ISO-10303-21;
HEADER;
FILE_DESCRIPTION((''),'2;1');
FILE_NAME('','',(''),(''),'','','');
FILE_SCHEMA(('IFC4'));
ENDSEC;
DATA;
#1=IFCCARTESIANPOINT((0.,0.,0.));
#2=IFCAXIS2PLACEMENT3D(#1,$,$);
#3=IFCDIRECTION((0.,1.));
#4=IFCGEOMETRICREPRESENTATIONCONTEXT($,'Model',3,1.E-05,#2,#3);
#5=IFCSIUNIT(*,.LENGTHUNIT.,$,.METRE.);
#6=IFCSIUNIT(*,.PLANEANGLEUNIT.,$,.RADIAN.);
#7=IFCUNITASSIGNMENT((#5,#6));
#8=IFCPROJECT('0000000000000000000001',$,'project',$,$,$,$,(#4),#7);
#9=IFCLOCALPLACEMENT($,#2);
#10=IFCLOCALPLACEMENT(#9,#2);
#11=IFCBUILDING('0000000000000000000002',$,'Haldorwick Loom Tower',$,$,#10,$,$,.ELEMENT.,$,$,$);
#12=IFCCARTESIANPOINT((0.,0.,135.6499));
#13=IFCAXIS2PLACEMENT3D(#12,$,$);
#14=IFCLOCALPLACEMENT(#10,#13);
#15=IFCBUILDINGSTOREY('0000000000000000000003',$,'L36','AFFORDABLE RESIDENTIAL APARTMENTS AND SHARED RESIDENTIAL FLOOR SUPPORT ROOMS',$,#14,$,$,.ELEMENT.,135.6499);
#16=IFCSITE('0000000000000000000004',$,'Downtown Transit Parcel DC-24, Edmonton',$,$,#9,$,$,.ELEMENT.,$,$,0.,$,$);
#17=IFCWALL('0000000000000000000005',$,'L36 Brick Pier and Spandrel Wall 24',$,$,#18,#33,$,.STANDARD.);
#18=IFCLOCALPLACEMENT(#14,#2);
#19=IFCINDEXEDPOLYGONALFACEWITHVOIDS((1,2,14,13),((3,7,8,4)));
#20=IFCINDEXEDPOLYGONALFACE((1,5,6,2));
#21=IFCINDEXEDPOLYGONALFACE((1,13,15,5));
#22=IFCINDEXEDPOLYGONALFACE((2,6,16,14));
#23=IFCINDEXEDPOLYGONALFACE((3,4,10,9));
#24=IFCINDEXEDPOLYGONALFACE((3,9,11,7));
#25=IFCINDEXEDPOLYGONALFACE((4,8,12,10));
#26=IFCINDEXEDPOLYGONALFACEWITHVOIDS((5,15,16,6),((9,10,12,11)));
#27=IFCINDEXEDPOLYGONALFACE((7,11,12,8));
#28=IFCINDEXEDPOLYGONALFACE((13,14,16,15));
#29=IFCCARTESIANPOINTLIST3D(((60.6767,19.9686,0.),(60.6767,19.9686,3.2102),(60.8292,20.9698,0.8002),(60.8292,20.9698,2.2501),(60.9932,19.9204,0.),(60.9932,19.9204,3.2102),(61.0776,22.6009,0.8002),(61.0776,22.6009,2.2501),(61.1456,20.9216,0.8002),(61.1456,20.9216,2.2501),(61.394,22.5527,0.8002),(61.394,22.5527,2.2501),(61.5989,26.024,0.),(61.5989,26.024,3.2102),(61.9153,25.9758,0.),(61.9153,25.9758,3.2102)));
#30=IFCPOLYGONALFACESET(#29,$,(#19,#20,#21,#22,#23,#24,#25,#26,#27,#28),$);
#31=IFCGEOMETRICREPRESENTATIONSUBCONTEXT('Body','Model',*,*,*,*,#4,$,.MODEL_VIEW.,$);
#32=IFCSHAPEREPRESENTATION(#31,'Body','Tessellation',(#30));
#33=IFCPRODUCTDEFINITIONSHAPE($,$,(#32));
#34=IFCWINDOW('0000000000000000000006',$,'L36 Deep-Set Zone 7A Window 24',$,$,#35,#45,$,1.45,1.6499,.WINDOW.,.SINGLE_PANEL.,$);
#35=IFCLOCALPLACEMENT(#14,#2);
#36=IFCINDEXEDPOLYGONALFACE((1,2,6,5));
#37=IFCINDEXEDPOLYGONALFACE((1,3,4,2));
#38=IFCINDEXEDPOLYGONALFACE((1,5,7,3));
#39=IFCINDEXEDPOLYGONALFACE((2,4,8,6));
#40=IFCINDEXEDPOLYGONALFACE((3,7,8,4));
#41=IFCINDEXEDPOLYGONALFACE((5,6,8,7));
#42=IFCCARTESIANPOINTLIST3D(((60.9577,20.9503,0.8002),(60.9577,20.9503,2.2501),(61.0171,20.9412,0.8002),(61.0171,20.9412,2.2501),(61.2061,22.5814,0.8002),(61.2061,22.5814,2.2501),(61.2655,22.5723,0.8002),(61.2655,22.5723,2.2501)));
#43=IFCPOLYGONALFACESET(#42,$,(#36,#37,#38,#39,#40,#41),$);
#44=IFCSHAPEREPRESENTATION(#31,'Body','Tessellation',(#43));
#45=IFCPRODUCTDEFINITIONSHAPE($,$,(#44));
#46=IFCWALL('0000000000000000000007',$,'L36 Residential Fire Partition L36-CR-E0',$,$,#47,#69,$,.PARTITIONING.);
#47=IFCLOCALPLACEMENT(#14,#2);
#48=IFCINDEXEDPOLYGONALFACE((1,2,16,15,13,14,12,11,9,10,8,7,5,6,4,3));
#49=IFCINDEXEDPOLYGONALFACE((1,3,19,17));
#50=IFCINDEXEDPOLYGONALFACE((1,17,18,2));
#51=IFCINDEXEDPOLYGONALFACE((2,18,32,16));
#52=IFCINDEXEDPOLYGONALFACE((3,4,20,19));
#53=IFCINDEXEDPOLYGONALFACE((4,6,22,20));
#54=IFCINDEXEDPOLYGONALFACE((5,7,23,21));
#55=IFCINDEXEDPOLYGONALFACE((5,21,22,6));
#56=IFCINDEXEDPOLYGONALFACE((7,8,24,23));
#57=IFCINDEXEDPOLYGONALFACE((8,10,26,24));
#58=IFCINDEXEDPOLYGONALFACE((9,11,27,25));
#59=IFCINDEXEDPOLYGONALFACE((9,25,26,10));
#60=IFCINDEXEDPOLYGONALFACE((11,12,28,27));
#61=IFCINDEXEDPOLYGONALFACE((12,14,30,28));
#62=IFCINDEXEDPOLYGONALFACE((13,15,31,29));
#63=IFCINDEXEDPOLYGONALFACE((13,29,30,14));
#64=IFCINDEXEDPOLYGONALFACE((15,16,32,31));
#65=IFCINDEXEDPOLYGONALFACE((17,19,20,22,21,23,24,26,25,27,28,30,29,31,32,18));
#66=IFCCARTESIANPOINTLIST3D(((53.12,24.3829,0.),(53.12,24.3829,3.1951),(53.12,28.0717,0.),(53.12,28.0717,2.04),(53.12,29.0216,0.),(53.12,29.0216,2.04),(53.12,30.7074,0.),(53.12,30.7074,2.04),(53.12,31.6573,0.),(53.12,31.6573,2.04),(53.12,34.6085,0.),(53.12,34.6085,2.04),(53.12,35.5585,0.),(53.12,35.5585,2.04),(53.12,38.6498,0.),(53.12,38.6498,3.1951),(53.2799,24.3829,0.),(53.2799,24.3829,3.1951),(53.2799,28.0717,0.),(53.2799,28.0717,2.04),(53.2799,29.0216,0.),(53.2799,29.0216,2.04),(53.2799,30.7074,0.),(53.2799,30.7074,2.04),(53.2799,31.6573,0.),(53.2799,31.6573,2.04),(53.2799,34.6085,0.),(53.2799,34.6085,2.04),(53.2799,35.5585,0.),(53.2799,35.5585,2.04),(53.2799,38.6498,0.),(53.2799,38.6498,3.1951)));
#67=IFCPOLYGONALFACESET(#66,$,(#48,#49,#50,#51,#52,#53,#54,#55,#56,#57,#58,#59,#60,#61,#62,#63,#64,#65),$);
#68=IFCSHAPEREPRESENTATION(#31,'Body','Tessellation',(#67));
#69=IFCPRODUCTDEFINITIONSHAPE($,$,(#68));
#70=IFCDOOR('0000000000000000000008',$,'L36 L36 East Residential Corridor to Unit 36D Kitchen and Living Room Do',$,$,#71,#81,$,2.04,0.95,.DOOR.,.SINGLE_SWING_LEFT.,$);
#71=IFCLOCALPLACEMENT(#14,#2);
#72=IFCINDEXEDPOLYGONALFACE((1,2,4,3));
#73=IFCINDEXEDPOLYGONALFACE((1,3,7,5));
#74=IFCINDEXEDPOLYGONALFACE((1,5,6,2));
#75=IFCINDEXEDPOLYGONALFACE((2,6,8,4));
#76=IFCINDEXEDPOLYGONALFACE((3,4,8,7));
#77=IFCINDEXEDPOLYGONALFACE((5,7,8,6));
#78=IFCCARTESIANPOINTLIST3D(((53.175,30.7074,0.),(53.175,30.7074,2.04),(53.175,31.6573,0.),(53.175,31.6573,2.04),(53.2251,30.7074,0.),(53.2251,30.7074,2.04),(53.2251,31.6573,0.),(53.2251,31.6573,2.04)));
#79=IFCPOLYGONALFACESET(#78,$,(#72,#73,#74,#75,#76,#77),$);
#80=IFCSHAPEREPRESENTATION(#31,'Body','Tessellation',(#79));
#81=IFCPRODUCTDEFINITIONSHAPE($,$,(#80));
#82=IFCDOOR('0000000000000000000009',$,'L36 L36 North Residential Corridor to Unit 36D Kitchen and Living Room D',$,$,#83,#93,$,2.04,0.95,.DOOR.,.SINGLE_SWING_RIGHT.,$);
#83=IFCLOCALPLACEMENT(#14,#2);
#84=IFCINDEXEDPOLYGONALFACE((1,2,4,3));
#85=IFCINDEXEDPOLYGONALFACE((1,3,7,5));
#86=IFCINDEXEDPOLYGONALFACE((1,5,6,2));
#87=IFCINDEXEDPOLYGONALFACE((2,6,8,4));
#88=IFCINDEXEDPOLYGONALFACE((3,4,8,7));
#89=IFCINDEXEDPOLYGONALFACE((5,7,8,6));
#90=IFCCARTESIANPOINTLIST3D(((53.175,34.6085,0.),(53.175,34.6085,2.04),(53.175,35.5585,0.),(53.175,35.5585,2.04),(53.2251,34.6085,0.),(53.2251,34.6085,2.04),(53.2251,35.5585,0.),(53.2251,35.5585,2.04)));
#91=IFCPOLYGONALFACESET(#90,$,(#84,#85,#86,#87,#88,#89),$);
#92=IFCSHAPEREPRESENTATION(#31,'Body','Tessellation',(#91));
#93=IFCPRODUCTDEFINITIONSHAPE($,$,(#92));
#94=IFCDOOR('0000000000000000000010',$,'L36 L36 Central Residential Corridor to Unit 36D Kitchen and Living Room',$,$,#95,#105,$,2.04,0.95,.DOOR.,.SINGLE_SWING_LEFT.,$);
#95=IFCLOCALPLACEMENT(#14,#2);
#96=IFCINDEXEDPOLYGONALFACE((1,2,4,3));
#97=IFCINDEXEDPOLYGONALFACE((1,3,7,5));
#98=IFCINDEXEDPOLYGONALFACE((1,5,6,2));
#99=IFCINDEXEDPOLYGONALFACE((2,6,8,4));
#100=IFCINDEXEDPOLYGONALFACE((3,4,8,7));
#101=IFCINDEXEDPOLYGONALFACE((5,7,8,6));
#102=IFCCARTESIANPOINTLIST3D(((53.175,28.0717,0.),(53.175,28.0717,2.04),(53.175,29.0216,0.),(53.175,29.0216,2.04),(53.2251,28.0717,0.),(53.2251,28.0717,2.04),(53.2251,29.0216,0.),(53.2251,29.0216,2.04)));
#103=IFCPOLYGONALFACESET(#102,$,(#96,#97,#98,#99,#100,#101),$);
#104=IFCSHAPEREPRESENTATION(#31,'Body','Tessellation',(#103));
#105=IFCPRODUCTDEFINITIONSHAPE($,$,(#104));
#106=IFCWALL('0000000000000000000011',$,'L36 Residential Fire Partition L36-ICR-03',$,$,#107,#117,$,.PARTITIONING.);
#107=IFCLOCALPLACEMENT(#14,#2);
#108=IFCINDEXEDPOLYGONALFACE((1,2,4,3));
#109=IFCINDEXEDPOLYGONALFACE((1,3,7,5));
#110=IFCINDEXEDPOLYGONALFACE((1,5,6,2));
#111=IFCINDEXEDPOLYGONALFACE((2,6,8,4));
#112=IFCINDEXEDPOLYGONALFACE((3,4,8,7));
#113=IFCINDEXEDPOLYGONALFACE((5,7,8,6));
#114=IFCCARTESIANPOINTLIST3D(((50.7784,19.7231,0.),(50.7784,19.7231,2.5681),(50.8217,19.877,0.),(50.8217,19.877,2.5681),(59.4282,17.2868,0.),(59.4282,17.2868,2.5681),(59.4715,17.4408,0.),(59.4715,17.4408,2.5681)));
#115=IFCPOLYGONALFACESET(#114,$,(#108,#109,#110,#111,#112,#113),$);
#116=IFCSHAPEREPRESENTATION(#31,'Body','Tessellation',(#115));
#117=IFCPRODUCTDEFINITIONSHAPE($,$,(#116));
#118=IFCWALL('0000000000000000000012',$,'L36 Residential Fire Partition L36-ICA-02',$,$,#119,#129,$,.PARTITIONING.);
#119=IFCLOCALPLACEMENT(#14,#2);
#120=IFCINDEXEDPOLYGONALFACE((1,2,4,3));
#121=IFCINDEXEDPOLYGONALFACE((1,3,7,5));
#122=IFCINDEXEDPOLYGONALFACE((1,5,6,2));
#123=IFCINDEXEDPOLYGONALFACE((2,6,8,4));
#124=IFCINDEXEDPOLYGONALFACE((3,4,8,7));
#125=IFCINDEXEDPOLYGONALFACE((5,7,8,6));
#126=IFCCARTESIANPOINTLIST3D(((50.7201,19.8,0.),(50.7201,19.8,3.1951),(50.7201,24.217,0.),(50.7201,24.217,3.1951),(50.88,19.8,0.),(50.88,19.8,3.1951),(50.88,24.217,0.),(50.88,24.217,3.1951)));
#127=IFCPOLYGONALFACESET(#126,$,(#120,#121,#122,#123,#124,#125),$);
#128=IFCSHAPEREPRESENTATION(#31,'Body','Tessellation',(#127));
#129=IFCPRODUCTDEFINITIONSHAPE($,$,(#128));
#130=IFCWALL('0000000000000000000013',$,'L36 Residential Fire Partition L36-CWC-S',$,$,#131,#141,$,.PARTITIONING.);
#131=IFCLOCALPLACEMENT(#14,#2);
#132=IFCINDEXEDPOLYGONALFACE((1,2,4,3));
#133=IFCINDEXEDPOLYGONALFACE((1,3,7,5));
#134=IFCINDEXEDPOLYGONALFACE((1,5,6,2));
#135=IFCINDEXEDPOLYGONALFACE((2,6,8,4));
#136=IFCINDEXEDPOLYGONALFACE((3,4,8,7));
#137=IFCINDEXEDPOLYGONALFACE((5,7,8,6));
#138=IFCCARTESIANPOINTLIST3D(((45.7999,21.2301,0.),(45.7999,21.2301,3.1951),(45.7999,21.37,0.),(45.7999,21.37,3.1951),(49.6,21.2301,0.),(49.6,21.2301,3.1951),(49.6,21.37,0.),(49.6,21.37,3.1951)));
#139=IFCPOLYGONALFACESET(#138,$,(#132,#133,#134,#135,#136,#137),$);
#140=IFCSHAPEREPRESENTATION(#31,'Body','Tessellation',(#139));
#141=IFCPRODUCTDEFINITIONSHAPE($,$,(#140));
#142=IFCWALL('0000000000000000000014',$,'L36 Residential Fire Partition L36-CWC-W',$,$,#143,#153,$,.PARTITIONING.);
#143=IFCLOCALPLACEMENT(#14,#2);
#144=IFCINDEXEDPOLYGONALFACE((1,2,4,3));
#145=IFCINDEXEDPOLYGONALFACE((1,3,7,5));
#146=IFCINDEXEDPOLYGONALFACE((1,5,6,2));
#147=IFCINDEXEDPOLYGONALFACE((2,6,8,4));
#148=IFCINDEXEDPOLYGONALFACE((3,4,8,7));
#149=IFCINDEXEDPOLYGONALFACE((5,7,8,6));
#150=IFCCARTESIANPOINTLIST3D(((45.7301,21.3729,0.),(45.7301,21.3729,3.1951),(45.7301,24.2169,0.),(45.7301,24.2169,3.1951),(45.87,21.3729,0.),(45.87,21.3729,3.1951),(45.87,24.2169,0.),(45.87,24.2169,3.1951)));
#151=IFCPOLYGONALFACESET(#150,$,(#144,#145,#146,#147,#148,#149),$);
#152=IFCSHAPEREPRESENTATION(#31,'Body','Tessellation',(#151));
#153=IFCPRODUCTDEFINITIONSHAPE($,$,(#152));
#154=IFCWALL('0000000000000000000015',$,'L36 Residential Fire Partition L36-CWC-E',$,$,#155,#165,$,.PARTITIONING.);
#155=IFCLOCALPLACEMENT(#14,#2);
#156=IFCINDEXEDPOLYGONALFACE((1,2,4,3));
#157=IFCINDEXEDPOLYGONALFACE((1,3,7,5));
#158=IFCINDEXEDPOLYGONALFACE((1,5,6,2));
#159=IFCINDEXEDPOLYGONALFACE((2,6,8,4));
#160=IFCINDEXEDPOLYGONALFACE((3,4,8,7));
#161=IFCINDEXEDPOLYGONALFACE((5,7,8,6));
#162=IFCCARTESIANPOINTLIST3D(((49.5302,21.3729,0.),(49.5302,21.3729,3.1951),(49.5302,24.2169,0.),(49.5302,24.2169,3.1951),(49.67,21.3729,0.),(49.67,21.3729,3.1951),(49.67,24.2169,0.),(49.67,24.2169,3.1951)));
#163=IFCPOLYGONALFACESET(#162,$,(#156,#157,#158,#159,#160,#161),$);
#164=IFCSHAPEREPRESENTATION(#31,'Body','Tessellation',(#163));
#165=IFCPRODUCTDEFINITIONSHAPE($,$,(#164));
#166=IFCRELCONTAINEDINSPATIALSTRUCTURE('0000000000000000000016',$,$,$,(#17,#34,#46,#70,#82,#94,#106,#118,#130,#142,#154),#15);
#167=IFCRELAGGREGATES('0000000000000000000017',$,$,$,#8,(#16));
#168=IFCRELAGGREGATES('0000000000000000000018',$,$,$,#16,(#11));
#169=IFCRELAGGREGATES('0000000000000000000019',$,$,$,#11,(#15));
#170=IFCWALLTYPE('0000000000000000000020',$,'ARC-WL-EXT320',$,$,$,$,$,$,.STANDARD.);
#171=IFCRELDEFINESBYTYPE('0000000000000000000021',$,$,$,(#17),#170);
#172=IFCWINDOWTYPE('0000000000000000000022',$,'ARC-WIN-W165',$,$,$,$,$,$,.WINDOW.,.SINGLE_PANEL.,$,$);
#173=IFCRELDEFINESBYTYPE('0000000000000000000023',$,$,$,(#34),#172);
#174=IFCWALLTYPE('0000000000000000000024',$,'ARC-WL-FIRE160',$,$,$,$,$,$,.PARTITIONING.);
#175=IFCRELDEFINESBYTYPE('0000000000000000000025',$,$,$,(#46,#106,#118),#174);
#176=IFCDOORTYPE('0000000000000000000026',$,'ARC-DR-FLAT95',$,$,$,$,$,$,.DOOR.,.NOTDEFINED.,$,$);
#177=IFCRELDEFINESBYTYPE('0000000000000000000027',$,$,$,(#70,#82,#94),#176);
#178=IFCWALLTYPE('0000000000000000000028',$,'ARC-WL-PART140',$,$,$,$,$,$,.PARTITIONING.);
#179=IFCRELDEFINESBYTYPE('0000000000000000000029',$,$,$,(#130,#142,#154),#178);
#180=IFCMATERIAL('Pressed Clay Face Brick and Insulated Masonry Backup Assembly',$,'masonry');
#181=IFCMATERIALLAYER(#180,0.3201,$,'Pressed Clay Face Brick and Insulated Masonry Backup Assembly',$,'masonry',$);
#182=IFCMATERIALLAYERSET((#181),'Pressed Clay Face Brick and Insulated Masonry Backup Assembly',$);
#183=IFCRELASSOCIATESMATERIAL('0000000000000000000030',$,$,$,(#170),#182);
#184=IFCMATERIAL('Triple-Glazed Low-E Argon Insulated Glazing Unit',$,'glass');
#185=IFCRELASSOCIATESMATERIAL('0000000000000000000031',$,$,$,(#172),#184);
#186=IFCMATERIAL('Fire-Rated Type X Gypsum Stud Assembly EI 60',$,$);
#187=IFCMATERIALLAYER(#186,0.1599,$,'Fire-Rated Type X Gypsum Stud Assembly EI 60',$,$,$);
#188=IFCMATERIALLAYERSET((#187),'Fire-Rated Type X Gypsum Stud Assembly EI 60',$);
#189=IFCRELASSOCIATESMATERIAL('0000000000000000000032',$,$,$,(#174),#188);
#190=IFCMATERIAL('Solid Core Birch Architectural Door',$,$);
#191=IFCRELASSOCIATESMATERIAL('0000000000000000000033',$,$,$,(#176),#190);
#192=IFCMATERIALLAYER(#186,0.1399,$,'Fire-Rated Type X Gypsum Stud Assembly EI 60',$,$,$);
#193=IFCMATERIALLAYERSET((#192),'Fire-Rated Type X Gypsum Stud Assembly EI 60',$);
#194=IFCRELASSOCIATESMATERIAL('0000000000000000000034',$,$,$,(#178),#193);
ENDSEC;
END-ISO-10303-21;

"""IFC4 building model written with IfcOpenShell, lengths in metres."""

from ifc_helpers import new_model, si_unit, direction, frame, frame_2d, origin, place, context, subcontext, project, spatial, rectangle, extrude, material, layer, layer_set, type_object, element, fill, save


model = new_model("IFC4")

# Units and contexts
model_context = context("Model", 3, precision=1e-05, world=origin(), true_north=direction((0.0, 1.0)))
body_context = subcontext(model_context, "Body", "Model", "MODEL_VIEW")
ifc_project = project(units=[si_unit("LENGTHUNIT", "METRE"), si_unit("PLANEANGLEUNIT", "RADIAN")], contexts=[model_context])

# Site, building, storey
site_placement = place(None, origin())
site = spatial("IfcSite", under=ifc_project, at=site_placement, Name="Downtown Transit Parcel DC-24, Edmonton", CompositionType="ELEMENT", RefElevation=0.0)
building_placement = place(site_placement, origin())
building = spatial("IfcBuilding", under=site, at=building_placement, Name="Haldorwick Loom Tower", CompositionType="ELEMENT")
storey_placement = place(building_placement, frame((0.0, 0.0, 135.6499)))
storey = spatial("IfcBuildingStorey", under=building, at=storey_placement, Name="L36", Description="AFFORDABLE RESIDENTIAL APARTMENTS AND SHARED RESIDENTIAL FLOOR SUPPORT ROOMS", CompositionType="ELEMENT", Elevation=135.6499)

# Shared definitions
ifc_material_1 = material(Name="Pressed Clay Face Brick and Insulated Masonry Backup Assembly", Category="masonry")
ifc_layer_1 = layer(ifc_material_1, 0.3201, Name="Pressed Clay Face Brick and Insulated Masonry Backup Assembly", Category="masonry")
ifc_layer_set_1 = layer_set([ifc_layer_1], Name="Pressed Clay Face Brick and Insulated Masonry Backup Assembly")
wall_type_1 = type_object("IfcWallType", Name="ARC-WL-EXT320", PredefinedType="STANDARD", material=ifc_layer_set_1)
ifc_material_2 = material(Name="Triple-Glazed Low-E Argon Insulated Glazing Unit", Category="glass")
window_type = type_object("IfcWindowType", Name="ARC-WIN-W165", PartitioningType="SINGLE_PANEL", PredefinedType="WINDOW", material=ifc_material_2)

# Wall, opening, window
wall_1_placement = place(storey_placement, frame((60.835, 19.9446, 0.0), z_axis=(0.0, 0.0, 1.0), x_axis=(0.150544, 0.988603, 0.0)))
wall_1 = element("IfcWall", 1, at=wall_1_placement, inside=storey, type_object=wall_type_1, Name="L36 Brick Pier and Spandrel Wall 24", PredefinedType="STANDARD", context=body_context, shape_type="SweptSolid", body=[
    extrude(rectangle(XDim=6.1252, YDim=0.3201, at=frame_2d((3.0625, 0.0))), origin(), (0.0, 0.0, 1.0), 3.2102),
])
opening_1_placement = place(wall_1_placement, frame((1.0127, 0.0, 0.8)))
opening_1 = element("IfcOpeningElement", 2, at=opening_1_placement, cuts=wall_1, PredefinedType="OPENING", context=body_context, shape_type="SweptSolid", body=[
    extrude(rectangle(XDim=1.6499, YDim=1.45, at=frame_2d((0.825, 0.7251))), frame((0.0, 0.1699, 0.0), z_axis=(0.0, -1.0, 0.0), x_axis=(1.0, 0.0, 0.0)), (0.0, 0.0, 1.0), 0.3401),
])
window_1_placement = place(opening_1_placement, origin())
window_1 = element("IfcWindow", 3, at=window_1_placement, inside=storey, type_object=window_type, Name="L36 Deep-Set Zone 7A Window 24", OverallHeight=1.45, OverallWidth=1.6499, PartitioningType="SINGLE_PANEL", PredefinedType="WINDOW", context=body_context, shape_type="SweptSolid", body=[
    extrude(rectangle(XDim=1.6499, YDim=1.45, at=frame_2d((0.825, 0.7251))), frame((0.0, 0.03, 0.0), z_axis=(0.0, -1.0, 0.0), x_axis=(1.0, 0.0, 0.0)), (0.0, 0.0, 1.0), 0.0601),
])
fill(opening_1, window_1)

# Wall, openings, doors
ifc_material_3 = material(Name="Fire-Rated Type X Gypsum Stud Assembly EI 60")
ifc_layer_2 = layer(ifc_material_3, 0.1599, Name="Fire-Rated Type X Gypsum Stud Assembly EI 60")
ifc_layer_set_2 = layer_set([ifc_layer_2], Name="Fire-Rated Type X Gypsum Stud Assembly EI 60")
wall_type_2 = type_object("IfcWallType", Name="ARC-WL-FIRE160", PredefinedType="PARTITIONING", material=ifc_layer_set_2)
wall_2_placement = place(storey_placement, frame((53.2, 24.3831, 0.0), z_axis=(0.0, 0.0, 1.0), x_axis=(0.0, 1.0, 0.0)))
wall_2 = element("IfcWall", 4, at=wall_2_placement, inside=storey, type_object=wall_type_2, Name="L36 Residential Fire Partition L36-CR-E0", PredefinedType="PARTITIONING", context=body_context, shape_type="SweptSolid", body=[
    extrude(rectangle(XDim=14.2668, YDim=0.1599, at=frame_2d((7.1333, 0.0))), origin(), (0.0, 0.0, 1.0), 3.1951),
])
opening_2_placement = place(wall_2_placement, frame((6.3242, 0.0, 0.0)))
opening_2 = element("IfcOpeningElement", 5, at=opening_2_placement, cuts=wall_2, PredefinedType="OPENING", context=body_context, shape_type="SweptSolid", body=[
    extrude(rectangle(XDim=0.95, YDim=2.04, at=frame_2d((0.4751, 1.02))), frame((0.0, 0.0898, 0.0), z_axis=(0.0, -1.0, 0.0), x_axis=(1.0, 0.0, 0.0)), (0.0, 0.0, 1.0), 0.1799),
])
opening_3_placement = place(wall_2_placement, frame((10.2253, 0.0, 0.0)))
opening_3 = element("IfcOpeningElement", 6, at=opening_3_placement, cuts=wall_2, PredefinedType="OPENING", context=body_context, shape_type="SweptSolid", body=[
    extrude(rectangle(XDim=0.95, YDim=2.04, at=frame_2d((0.4751, 1.02))), frame((0.0, 0.0898, 0.0), z_axis=(0.0, -1.0, 0.0), x_axis=(1.0, 0.0, 0.0)), (0.0, 0.0, 1.0), 0.1799),
])
opening_4_placement = place(wall_2_placement, frame((3.6885, 0.0, 0.0)))
opening_4 = element("IfcOpeningElement", 7, at=opening_4_placement, cuts=wall_2, PredefinedType="OPENING", context=body_context, shape_type="SweptSolid", body=[
    extrude(rectangle(XDim=0.95, YDim=2.04, at=frame_2d((0.4751, 1.02))), frame((0.0, 0.0898, 0.0), z_axis=(0.0, -1.0, 0.0), x_axis=(1.0, 0.0, 0.0)), (0.0, 0.0, 1.0), 0.1799),
])
ifc_material_4 = material(Name="Solid Core Birch Architectural Door")
door_type_1 = type_object("IfcDoorType", Name="ARC-DR-FLAT95", OperationType="NOTDEFINED", PredefinedType="DOOR", material=ifc_material_4)
door_1_placement = place(opening_2_placement, origin())
door_1 = element("IfcDoor", 8, at=door_1_placement, inside=storey, type_object=door_type_1, Name="L36 L36 East Residential Corridor to Unit 36D Kitchen and Living Room Do", OperationType="SINGLE_SWING_LEFT", OverallHeight=2.04, OverallWidth=0.95, PredefinedType="DOOR", context=body_context, shape_type="SweptSolid", body=[
    extrude(rectangle(XDim=0.95, YDim=2.04, at=frame_2d((0.4751, 1.02))), frame((0.0, 0.0249, 0.0), z_axis=(0.0, -1.0, 0.0), x_axis=(1.0, 0.0, 0.0)), (0.0, 0.0, 1.0), 0.05),
])
fill(opening_2, door_1)
door_2_placement = place(opening_3_placement, origin())
door_2 = element("IfcDoor", 9, at=door_2_placement, inside=storey, type_object=door_type_1, Name="L36 L36 North Residential Corridor to Unit 36D Kitchen and Living Room D", OperationType="SINGLE_SWING_RIGHT", OverallHeight=2.04, OverallWidth=0.95, PredefinedType="DOOR", context=body_context, shape_type="SweptSolid", body=[
    extrude(rectangle(XDim=0.95, YDim=2.04, at=frame_2d((0.4751, 1.02))), frame((0.0, 0.0249, 0.0), z_axis=(0.0, -1.0, 0.0), x_axis=(1.0, 0.0, 0.0)), (0.0, 0.0, 1.0), 0.05),
])
fill(opening_3, door_2)
door_3_placement = place(opening_4_placement, origin())
door_3 = element("IfcDoor", 10, at=door_3_placement, inside=storey, type_object=door_type_1, Name="L36 L36 Central Residential Corridor to Unit 36D Kitchen and Living Room", OperationType="SINGLE_SWING_LEFT", OverallHeight=2.04, OverallWidth=0.95, PredefinedType="DOOR", context=body_context, shape_type="SweptSolid", body=[
    extrude(rectangle(XDim=0.95, YDim=2.04, at=frame_2d((0.4751, 1.02))), frame((0.0, 0.0249, 0.0), z_axis=(0.0, -1.0, 0.0), x_axis=(1.0, 0.0, 0.0)), (0.0, 0.0, 1.0), 0.05),
])
fill(opening_4, door_3)

# Walls
wall_3_placement = place(storey_placement, frame((50.8, 19.8, 0.0), z_axis=(0.0, 0.0, 1.0), x_axis=(0.96255, -0.271106, 0.0)))
element("IfcWall", 11, at=wall_3_placement, inside=storey, type_object=wall_type_2, Name="L36 Residential Fire Partition L36-ICR-03", PredefinedType="PARTITIONING", context=body_context, shape_type="SweptSolid", body=[
    extrude(rectangle(XDim=8.9863, YDim=0.1599, at=frame_2d((4.4932, 0.0))), origin(), (0.0, 0.0, 1.0), 2.5681),
])
wall_4_placement = place(storey_placement, frame((50.8, 24.217, 0.0), z_axis=(0.0, 0.0, 1.0), x_axis=(0.0, -1.0, 0.0)))
element("IfcWall", 12, at=wall_4_placement, inside=storey, type_object=wall_type_2, Name="L36 Residential Fire Partition L36-ICA-02", PredefinedType="PARTITIONING", context=body_context, shape_type="SweptSolid", body=[
    extrude(rectangle(XDim=4.417, YDim=0.1599, at=frame_2d((2.2085, 0.0))), origin(), (0.0, 0.0, 1.0), 3.1951),
])
ifc_layer_3 = layer(ifc_material_3, 0.1399, Name="Fire-Rated Type X Gypsum Stud Assembly EI 60")
ifc_layer_set_3 = layer_set([ifc_layer_3], Name="Fire-Rated Type X Gypsum Stud Assembly EI 60")
wall_type_3 = type_object("IfcWallType", Name="ARC-WL-PART140", PredefinedType="PARTITIONING", material=ifc_layer_set_3)
wall_5_placement = place(storey_placement, frame((45.8, 21.3, 0.0), z_axis=(0.0, 0.0, 1.0), x_axis=(1.0, 0.0, 0.0)))
element("IfcWall", 13, at=wall_5_placement, inside=storey, type_object=wall_type_3, Name="L36 Residential Fire Partition L36-CWC-S", PredefinedType="PARTITIONING", context=body_context, shape_type="SweptSolid", body=[
    extrude(rectangle(XDim=3.8, YDim=0.1399, at=frame_2d((1.8999, 0.0))), origin(), (0.0, 0.0, 1.0), 3.1951),
])
for number, where, z_axis, x_axis, name in (
    (14, (45.8, 21.373, 0.0), (0.0, 0.0, 1.0), (0.0, 1.0, 0.0), "L36 Residential Fire Partition L36-CWC-W"),
    (15, (49.6001, 21.373, 0.0), (0.0, 0.0, 1.0), (0.0, 1.0, 0.0), "L36 Residential Fire Partition L36-CWC-E"),
):
    element("IfcWall", number, at=place(storey_placement, frame(where, z_axis=z_axis, x_axis=x_axis)), inside=storey, type_object=wall_type_3, Name=name, PredefinedType="PARTITIONING", context=body_context, shape_type="SweptSolid", body=[
        extrude(rectangle(XDim=2.844, YDim=0.1399, at=frame_2d((1.4219, 0.0))), origin(), (0.0, 0.0, 1.0), 3.1951),
    ])

save(model, "model.ifc")
